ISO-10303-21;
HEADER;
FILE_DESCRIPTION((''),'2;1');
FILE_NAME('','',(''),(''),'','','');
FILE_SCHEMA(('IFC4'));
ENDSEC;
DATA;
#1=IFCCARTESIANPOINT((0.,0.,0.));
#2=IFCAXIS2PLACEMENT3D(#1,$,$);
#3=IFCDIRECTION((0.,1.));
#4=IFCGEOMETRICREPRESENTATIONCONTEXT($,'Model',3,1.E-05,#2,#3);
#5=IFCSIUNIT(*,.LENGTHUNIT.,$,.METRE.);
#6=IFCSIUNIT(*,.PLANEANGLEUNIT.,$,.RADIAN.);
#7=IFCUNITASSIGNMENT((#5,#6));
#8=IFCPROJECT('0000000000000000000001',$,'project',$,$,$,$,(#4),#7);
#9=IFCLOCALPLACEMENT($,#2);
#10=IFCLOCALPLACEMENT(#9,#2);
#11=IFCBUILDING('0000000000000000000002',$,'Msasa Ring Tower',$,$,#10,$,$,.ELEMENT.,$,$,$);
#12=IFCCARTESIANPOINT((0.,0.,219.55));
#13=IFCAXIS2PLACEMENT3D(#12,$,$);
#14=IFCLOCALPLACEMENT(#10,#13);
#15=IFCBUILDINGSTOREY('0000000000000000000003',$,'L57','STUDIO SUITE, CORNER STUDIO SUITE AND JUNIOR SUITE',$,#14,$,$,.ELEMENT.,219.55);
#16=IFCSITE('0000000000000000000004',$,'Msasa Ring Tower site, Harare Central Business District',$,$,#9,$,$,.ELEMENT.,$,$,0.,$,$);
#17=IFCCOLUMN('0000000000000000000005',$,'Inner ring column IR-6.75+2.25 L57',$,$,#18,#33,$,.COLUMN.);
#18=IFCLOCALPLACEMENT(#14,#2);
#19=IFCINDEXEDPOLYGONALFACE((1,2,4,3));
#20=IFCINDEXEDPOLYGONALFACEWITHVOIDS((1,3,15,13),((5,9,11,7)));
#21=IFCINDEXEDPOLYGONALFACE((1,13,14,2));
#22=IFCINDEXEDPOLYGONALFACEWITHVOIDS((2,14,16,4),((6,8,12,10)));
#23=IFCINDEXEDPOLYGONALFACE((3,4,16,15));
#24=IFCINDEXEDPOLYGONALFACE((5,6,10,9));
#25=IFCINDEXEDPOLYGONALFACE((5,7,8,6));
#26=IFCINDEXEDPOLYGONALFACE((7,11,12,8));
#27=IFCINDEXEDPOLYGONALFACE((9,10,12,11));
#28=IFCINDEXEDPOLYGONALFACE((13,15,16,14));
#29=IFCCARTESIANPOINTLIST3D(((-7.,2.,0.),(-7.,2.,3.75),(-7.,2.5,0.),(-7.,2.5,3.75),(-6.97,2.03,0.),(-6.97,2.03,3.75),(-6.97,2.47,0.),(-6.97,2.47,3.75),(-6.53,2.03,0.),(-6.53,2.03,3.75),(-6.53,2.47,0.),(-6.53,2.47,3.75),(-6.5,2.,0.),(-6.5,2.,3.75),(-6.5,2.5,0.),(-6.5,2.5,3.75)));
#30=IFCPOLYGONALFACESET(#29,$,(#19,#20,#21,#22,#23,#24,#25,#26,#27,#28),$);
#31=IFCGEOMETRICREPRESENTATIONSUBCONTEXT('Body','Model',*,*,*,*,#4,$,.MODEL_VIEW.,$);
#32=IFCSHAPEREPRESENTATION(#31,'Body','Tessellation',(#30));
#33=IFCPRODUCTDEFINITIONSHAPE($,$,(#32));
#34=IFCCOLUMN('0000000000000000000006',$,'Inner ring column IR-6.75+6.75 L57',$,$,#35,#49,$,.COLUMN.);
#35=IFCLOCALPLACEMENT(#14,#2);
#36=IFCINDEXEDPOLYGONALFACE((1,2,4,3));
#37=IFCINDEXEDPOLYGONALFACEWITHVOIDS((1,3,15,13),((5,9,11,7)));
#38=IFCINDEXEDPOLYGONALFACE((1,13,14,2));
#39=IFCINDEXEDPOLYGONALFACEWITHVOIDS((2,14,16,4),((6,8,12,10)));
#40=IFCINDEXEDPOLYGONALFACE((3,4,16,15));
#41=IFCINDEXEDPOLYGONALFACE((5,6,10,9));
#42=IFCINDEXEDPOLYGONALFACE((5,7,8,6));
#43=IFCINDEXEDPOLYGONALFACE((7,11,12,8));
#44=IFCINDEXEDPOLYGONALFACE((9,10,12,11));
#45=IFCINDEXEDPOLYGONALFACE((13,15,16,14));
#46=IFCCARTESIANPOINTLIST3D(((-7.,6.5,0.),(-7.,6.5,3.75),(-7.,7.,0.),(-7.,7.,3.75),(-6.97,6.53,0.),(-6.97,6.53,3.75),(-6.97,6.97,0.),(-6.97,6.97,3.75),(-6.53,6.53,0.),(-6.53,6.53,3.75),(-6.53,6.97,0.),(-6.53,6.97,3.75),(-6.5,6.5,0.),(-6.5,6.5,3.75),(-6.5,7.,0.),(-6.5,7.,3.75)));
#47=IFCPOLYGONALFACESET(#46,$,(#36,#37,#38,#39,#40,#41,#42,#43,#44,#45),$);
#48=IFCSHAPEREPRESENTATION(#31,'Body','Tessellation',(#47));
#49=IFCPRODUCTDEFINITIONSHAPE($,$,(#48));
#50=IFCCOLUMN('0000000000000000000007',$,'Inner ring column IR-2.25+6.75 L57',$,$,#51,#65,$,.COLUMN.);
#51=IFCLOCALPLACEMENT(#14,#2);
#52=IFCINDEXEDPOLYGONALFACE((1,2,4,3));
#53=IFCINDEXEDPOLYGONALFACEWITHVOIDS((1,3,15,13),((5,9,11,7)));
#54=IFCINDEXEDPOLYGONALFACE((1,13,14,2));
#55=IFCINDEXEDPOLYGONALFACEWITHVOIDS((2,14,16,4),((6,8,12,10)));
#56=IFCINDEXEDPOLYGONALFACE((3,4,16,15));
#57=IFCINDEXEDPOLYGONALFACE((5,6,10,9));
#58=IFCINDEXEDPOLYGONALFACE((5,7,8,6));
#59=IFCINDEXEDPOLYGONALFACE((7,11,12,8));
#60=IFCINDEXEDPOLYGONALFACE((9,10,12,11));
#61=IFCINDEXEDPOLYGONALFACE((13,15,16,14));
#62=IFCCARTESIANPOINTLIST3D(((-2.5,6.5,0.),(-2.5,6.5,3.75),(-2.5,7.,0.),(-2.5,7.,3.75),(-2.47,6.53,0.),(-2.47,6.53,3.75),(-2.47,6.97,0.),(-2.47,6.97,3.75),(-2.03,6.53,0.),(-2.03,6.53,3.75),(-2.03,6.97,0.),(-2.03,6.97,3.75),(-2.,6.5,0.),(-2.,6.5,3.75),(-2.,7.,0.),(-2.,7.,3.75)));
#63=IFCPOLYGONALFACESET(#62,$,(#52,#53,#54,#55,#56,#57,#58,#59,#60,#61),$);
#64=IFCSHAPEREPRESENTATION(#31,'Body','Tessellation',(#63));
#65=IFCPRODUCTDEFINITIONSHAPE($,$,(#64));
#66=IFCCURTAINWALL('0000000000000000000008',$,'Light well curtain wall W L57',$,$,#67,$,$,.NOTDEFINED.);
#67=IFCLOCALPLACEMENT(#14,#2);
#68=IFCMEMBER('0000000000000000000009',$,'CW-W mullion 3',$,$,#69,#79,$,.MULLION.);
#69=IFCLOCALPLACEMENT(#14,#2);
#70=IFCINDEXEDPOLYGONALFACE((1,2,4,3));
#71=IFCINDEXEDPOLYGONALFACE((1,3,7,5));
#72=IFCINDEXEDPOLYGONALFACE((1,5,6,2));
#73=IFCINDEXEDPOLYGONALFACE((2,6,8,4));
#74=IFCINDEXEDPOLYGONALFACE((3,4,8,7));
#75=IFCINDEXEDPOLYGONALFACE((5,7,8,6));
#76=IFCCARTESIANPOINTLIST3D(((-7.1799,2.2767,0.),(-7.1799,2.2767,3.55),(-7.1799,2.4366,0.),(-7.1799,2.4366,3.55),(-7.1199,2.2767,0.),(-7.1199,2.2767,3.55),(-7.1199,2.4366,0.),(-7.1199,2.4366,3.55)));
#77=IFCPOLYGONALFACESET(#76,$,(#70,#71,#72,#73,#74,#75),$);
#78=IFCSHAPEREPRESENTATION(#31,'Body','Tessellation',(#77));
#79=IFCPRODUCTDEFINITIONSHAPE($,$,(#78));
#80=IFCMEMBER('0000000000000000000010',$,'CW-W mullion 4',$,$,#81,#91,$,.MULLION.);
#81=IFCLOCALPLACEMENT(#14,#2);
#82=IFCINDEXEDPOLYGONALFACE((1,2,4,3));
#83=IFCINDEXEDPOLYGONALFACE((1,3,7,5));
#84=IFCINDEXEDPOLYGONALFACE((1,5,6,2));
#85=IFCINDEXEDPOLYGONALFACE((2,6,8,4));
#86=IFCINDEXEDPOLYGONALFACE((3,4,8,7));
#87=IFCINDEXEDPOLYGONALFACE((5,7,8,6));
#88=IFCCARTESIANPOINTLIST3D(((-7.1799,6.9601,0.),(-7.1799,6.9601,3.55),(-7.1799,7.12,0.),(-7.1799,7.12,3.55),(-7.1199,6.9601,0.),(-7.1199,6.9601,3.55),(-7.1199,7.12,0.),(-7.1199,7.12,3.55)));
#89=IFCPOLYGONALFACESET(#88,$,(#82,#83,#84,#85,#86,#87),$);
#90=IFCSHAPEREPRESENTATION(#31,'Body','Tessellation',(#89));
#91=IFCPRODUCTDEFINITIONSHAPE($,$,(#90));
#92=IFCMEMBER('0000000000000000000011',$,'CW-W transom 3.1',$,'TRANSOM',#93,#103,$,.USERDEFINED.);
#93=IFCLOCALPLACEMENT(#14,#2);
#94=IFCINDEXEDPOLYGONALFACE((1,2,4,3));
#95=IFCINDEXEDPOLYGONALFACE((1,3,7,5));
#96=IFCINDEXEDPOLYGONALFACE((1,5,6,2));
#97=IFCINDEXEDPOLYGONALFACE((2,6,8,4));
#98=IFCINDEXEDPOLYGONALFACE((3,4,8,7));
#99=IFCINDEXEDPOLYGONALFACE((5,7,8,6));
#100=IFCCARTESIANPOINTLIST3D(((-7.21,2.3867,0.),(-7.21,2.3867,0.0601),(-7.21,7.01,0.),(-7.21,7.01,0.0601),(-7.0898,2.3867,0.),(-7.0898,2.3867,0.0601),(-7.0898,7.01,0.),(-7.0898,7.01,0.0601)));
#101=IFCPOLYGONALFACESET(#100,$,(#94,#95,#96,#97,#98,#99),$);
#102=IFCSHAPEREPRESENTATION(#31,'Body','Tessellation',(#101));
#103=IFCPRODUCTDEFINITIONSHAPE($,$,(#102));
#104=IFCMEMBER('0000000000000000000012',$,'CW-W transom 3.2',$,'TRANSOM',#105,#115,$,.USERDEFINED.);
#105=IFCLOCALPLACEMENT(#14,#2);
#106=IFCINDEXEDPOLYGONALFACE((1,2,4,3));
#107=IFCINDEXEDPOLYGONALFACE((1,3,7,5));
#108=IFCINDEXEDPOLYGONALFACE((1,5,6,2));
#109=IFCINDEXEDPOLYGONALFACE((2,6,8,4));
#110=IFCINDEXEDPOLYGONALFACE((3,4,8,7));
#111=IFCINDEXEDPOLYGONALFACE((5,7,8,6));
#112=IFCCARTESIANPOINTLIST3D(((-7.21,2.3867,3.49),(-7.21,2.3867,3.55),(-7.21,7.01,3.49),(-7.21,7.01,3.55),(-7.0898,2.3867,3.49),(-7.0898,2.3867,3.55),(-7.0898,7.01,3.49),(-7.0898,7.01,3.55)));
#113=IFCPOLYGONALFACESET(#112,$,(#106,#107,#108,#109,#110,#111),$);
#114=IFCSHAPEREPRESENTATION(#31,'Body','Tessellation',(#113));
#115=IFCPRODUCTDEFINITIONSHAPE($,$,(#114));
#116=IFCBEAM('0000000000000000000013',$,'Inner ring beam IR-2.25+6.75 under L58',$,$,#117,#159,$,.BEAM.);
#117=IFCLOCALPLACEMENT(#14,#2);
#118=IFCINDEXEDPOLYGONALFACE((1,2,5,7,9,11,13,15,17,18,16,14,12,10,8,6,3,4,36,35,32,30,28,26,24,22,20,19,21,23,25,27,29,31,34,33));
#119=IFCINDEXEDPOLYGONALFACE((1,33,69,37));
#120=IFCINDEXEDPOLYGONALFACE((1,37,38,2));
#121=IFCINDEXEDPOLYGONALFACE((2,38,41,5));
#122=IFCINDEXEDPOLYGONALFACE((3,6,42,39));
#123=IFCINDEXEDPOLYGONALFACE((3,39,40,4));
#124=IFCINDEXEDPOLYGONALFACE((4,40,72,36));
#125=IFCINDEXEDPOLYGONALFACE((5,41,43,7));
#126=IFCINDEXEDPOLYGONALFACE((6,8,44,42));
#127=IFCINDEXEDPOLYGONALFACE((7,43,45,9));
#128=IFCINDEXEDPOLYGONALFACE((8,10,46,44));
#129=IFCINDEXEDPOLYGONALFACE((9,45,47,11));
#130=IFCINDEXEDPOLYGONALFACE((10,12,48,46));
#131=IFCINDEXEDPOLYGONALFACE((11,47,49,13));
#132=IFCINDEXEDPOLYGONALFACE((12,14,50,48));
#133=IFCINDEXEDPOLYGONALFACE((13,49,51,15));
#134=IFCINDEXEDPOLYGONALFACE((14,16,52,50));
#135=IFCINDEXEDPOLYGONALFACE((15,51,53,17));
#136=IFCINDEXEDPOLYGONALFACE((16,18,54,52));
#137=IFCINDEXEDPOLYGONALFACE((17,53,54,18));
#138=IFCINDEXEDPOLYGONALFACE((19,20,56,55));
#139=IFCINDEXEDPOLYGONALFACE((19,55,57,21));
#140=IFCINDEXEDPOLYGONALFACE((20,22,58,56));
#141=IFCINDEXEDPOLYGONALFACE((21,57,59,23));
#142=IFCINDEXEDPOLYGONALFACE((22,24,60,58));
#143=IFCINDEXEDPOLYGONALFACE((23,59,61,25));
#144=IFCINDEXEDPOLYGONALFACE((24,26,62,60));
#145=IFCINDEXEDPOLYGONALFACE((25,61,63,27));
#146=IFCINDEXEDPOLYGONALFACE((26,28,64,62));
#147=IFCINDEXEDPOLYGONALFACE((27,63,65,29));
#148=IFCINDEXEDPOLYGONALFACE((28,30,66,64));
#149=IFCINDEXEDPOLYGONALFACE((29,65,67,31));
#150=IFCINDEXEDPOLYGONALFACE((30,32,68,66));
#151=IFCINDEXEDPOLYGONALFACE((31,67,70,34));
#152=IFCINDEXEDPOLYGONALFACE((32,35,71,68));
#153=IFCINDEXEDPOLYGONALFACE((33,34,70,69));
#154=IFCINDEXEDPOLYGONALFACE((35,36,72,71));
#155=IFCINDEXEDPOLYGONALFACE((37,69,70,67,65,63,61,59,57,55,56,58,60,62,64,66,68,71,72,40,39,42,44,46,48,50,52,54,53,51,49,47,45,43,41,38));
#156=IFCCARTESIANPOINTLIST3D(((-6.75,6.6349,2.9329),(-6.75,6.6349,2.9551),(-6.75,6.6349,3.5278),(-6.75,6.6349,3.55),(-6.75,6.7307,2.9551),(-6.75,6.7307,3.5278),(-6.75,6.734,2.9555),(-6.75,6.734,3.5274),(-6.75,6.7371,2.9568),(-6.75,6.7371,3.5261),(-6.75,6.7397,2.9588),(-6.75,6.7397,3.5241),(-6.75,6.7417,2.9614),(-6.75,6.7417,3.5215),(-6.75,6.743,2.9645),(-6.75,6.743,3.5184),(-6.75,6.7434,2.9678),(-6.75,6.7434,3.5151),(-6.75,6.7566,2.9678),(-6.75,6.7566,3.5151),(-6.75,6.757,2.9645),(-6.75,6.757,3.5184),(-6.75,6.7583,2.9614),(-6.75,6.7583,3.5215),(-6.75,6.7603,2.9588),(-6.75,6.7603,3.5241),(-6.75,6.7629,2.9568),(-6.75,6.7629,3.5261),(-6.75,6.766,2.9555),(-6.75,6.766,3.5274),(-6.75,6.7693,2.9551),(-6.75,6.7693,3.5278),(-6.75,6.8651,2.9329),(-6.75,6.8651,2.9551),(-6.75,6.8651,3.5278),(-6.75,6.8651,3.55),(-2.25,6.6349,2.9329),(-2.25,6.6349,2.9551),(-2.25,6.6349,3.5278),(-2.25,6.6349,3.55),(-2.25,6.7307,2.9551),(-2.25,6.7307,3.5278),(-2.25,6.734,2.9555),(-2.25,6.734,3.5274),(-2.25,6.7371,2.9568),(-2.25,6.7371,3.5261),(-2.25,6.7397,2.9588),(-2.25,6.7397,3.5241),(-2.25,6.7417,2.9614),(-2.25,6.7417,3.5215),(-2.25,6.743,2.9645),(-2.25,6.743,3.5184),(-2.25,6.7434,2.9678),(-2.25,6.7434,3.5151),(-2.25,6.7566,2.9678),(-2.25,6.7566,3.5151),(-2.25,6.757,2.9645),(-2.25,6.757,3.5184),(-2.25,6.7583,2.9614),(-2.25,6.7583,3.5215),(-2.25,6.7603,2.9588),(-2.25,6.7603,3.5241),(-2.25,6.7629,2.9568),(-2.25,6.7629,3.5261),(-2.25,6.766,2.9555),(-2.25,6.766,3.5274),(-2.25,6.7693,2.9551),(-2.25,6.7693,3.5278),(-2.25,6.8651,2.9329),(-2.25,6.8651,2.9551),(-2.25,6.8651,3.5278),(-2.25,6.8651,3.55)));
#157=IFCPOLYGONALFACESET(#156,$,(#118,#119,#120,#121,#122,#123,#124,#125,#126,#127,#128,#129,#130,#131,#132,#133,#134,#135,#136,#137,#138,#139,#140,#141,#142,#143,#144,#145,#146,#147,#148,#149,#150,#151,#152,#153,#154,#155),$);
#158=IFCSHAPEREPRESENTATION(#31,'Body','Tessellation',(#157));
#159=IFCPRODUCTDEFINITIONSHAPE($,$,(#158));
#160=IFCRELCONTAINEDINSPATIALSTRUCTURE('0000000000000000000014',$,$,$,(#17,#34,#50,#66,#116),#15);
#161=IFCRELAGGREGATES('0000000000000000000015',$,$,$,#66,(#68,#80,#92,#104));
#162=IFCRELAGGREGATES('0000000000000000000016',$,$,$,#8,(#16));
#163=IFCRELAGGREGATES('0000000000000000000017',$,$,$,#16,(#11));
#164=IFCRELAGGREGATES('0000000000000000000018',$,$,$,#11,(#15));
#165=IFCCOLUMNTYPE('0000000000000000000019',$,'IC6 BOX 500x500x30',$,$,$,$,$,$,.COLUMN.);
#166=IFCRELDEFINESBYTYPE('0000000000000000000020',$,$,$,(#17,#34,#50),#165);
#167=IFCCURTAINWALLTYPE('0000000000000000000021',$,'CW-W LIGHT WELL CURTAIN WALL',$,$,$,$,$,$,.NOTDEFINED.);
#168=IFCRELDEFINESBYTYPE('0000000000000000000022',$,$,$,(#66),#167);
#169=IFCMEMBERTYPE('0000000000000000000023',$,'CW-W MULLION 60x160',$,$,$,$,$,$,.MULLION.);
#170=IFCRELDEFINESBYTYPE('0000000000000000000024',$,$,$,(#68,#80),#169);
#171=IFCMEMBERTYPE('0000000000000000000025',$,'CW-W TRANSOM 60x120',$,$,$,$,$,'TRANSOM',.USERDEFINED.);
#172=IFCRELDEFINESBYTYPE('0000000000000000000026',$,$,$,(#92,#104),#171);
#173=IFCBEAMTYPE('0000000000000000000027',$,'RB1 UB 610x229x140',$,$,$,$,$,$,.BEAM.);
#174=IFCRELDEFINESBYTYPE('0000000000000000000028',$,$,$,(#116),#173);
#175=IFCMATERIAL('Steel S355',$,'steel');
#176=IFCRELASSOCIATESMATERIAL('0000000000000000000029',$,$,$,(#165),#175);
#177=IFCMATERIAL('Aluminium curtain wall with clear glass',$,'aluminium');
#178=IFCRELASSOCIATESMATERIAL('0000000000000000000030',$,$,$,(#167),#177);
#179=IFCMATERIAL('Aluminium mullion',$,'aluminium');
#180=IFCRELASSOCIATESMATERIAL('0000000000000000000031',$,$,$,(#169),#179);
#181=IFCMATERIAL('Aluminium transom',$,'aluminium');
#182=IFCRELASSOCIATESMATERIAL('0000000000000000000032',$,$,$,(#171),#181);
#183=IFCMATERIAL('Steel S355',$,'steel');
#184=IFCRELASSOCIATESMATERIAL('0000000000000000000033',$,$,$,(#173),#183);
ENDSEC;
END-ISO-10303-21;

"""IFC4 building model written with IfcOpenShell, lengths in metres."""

from ifc_helpers import new_model, si_unit, direction, frame, origin, origin_2d, place, context, subcontext, project, spatial, rectangle, hollow_rectangle, i_section, extrude, material, material_profile, profile_set, type_object, element, aggregate, save


model = new_model("IFC4")

# Units and contexts
model_context = context("Model", 3, precision=1e-05, world=origin(), true_north=direction((0.0, 1.0)))
body_context = subcontext(model_context, "Body", "Model", "MODEL_VIEW")
ifc_project = project(units=[si_unit("LENGTHUNIT", "METRE"), si_unit("PLANEANGLEUNIT", "RADIAN")], contexts=[model_context])

# Site, building, storey
site_placement = place(None, origin())
site = spatial("IfcSite", under=ifc_project, at=site_placement, Name="Msasa Ring Tower site, Harare Central Business District", CompositionType="ELEMENT", RefElevation=0.0)
building_placement = place(site_placement, origin())
building = spatial("IfcBuilding", under=site, at=building_placement, Name="Msasa Ring Tower", CompositionType="ELEMENT")
storey_placement = place(building_placement, frame((0.0, 0.0, 219.55)))
storey = spatial("IfcBuildingStorey", under=building, at=storey_placement, Name="L57", Description="STUDIO SUITE, CORNER STUDIO SUITE AND JUNIOR SUITE", CompositionType="ELEMENT", Elevation=219.55)

# Columns
ifc_material_1 = material(Name="Steel S355", Category="steel")
ifc_material_profile_1 = material_profile(ifc_material_1, hollow_rectangle(XDim=0.5, YDim=0.5, WallThickness=0.03, at=origin_2d()), Name="BOX 500x500x30")
ifc_profile_set_1 = profile_set([ifc_material_profile_1], Name="Steel S355")
column_type = type_object("IfcColumnType", Name="IC6 BOX 500x500x30", PredefinedType="COLUMN", material=ifc_profile_set_1)
for number, where, z_axis, x_axis, name in (
    (1, (-6.75, 2.25, 0.0), (0.0, 0.0, 1.0), (1.0, 0.0, 0.0), "Inner ring column IR-6.75+2.25 L57"),
    (2, (-6.75, 6.75, 0.0), (0.0, 0.0, 1.0), (1.0, 0.0, 0.0), "Inner ring column IR-6.75+6.75 L57"),
    (3, (-2.25, 6.75, 0.0), (0.0, 0.0, 1.0), (1.0, 0.0, 0.0), "Inner ring column IR-2.25+6.75 L57"),
):
    element("IfcColumn", number, at=place(storey_placement, frame(where, z_axis=z_axis, x_axis=x_axis)), inside=storey, type_object=column_type, Name=name, PredefinedType="COLUMN", context=body_context, shape_type="SweptSolid", body=[
        extrude(hollow_rectangle(XDim=0.5, YDim=0.5, WallThickness=0.03, at=origin_2d()), origin(), (0.0, 0.0, 1.0), 3.75),
    ])

# Curtain wall, members
ifc_material_2 = material(Name="Aluminium curtain wall with clear glass", Category="aluminium")
curtain_wall_type = type_object("IfcCurtainWallType", Name="CW-W LIGHT WELL CURTAIN WALL", PredefinedType="NOTDEFINED", material=ifc_material_2)
curtain_wall_placement = place(storey_placement, origin())
curtain_wall = element("IfcCurtainWall", 4, at=curtain_wall_placement, inside=storey, type_object=curtain_wall_type, Name="Light well curtain wall W L57", PredefinedType="NOTDEFINED")
ifc_material_3 = material(Name="Aluminium mullion", Category="aluminium")
ifc_material_profile_2 = material_profile(ifc_material_3, rectangle(XDim=0.0601, YDim=0.1599, at=origin_2d()), Name="AL 60x160")
ifc_profile_set_2 = profile_set([ifc_material_profile_2], Name="Aluminium mullion")
member_type_1 = type_object("IfcMemberType", Name="CW-W MULLION 60x160", PredefinedType="MULLION", material=ifc_profile_set_2)
member_1_placement = place(storey_placement, frame((-7.1499, 2.3567, 0.0), z_axis=(0.0, 0.0, 1.0), x_axis=(-1.0, 0.0, 0.0)))
member_1 = element("IfcMember", 5, at=member_1_placement, type_object=member_type_1, Name="CW-W mullion 3", PredefinedType="MULLION", context=body_context, shape_type="SweptSolid", body=[
    extrude(rectangle(XDim=0.0601, YDim=0.1599, at=origin_2d()), origin(), (0.0, 0.0, 1.0), 3.55),
])
member_2_placement = place(storey_placement, frame((-7.1499, 7.04, 0.0), z_axis=(0.0, 0.0, 1.0), x_axis=(-1.0, 0.0, 0.0)))
member_2 = element("IfcMember", 6, at=member_2_placement, type_object=member_type_1, Name="CW-W mullion 4", PredefinedType="MULLION", context=body_context, shape_type="SweptSolid", body=[
    extrude(rectangle(XDim=0.0601, YDim=0.1599, at=origin_2d()), origin(), (0.0, 0.0, 1.0), 3.55),
])
ifc_material_4 = material(Name="Aluminium transom", Category="aluminium")
ifc_material_profile_3 = material_profile(ifc_material_4, rectangle(XDim=0.1201, YDim=0.0601, at=origin_2d()), Name="AL 60x120")
ifc_profile_set_3 = profile_set([ifc_material_profile_3], Name="Aluminium transom")
member_type_2 = type_object("IfcMemberType", Name="CW-W TRANSOM 60x120", ElementType="TRANSOM", PredefinedType="USERDEFINED", material=ifc_profile_set_3)
member_3_placement = place(storey_placement, frame((-7.1499, 2.3867, 0.03), z_axis=(0.0, 1.0, 0.0), x_axis=(-1.0, 0.0, 0.0)))
member_3 = element("IfcMember", 7, at=member_3_placement, type_object=member_type_2, Name="CW-W transom 3.1", ObjectType="TRANSOM", PredefinedType="USERDEFINED", context=body_context, shape_type="SweptSolid", body=[
    extrude(rectangle(XDim=0.1201, YDim=0.0601, at=origin_2d()), origin(), (0.0, 0.0, 1.0), 4.6233),
])
member_4_placement = place(storey_placement, frame((-7.1499, 2.3867, 3.52), z_axis=(0.0, 1.0, 0.0), x_axis=(-1.0, 0.0, 0.0)))
member_4 = element("IfcMember", 8, at=member_4_placement, type_object=member_type_2, Name="CW-W transom 3.2", ObjectType="TRANSOM", PredefinedType="USERDEFINED", context=body_context, shape_type="SweptSolid", body=[
    extrude(rectangle(XDim=0.1201, YDim=0.0601, at=origin_2d()), origin(), (0.0, 0.0, 1.0), 4.6233),
])

# Beam
ifc_material_5 = material(Name="Steel S355", Category="steel")
ifc_material_profile_4 = material_profile(ifc_material_5, i_section(OverallWidth=0.2302, OverallDepth=0.6172, WebThickness=0.0132, FlangeThickness=0.0222, FilletRadius=0.0127, at=origin_2d()), Name="UB 610x229x140")
ifc_profile_set_4 = profile_set([ifc_material_profile_4], Name="Steel S355")
beam_type = type_object("IfcBeamType", Name="RB1 UB 610x229x140", PredefinedType="BEAM", material=ifc_profile_set_4)
for number, where, z_axis, x_axis, name in (
    (9, (-2.25, 6.75, 3.2415), (-1.0, 0.0, 0.0), (0.0, -1.0, 0.0), "Inner ring beam IR-2.25+6.75 under L58"),
):
    element("IfcBeam", number, at=place(storey_placement, frame(where, z_axis=z_axis, x_axis=x_axis)), inside=storey, type_object=beam_type, Name=name, PredefinedType="BEAM", context=body_context, shape_type="SweptSolid", body=[
        extrude(i_section(OverallWidth=0.2302, OverallDepth=0.6172, WebThickness=0.0132, FlangeThickness=0.0222, FilletRadius=0.0127, at=origin_2d()), origin(), (0.0, 0.0, 1.0), 4.5),
    ])

aggregate(curtain_wall, [member_1, member_2, member_3, member_4])

save(model, "model.ifc")
